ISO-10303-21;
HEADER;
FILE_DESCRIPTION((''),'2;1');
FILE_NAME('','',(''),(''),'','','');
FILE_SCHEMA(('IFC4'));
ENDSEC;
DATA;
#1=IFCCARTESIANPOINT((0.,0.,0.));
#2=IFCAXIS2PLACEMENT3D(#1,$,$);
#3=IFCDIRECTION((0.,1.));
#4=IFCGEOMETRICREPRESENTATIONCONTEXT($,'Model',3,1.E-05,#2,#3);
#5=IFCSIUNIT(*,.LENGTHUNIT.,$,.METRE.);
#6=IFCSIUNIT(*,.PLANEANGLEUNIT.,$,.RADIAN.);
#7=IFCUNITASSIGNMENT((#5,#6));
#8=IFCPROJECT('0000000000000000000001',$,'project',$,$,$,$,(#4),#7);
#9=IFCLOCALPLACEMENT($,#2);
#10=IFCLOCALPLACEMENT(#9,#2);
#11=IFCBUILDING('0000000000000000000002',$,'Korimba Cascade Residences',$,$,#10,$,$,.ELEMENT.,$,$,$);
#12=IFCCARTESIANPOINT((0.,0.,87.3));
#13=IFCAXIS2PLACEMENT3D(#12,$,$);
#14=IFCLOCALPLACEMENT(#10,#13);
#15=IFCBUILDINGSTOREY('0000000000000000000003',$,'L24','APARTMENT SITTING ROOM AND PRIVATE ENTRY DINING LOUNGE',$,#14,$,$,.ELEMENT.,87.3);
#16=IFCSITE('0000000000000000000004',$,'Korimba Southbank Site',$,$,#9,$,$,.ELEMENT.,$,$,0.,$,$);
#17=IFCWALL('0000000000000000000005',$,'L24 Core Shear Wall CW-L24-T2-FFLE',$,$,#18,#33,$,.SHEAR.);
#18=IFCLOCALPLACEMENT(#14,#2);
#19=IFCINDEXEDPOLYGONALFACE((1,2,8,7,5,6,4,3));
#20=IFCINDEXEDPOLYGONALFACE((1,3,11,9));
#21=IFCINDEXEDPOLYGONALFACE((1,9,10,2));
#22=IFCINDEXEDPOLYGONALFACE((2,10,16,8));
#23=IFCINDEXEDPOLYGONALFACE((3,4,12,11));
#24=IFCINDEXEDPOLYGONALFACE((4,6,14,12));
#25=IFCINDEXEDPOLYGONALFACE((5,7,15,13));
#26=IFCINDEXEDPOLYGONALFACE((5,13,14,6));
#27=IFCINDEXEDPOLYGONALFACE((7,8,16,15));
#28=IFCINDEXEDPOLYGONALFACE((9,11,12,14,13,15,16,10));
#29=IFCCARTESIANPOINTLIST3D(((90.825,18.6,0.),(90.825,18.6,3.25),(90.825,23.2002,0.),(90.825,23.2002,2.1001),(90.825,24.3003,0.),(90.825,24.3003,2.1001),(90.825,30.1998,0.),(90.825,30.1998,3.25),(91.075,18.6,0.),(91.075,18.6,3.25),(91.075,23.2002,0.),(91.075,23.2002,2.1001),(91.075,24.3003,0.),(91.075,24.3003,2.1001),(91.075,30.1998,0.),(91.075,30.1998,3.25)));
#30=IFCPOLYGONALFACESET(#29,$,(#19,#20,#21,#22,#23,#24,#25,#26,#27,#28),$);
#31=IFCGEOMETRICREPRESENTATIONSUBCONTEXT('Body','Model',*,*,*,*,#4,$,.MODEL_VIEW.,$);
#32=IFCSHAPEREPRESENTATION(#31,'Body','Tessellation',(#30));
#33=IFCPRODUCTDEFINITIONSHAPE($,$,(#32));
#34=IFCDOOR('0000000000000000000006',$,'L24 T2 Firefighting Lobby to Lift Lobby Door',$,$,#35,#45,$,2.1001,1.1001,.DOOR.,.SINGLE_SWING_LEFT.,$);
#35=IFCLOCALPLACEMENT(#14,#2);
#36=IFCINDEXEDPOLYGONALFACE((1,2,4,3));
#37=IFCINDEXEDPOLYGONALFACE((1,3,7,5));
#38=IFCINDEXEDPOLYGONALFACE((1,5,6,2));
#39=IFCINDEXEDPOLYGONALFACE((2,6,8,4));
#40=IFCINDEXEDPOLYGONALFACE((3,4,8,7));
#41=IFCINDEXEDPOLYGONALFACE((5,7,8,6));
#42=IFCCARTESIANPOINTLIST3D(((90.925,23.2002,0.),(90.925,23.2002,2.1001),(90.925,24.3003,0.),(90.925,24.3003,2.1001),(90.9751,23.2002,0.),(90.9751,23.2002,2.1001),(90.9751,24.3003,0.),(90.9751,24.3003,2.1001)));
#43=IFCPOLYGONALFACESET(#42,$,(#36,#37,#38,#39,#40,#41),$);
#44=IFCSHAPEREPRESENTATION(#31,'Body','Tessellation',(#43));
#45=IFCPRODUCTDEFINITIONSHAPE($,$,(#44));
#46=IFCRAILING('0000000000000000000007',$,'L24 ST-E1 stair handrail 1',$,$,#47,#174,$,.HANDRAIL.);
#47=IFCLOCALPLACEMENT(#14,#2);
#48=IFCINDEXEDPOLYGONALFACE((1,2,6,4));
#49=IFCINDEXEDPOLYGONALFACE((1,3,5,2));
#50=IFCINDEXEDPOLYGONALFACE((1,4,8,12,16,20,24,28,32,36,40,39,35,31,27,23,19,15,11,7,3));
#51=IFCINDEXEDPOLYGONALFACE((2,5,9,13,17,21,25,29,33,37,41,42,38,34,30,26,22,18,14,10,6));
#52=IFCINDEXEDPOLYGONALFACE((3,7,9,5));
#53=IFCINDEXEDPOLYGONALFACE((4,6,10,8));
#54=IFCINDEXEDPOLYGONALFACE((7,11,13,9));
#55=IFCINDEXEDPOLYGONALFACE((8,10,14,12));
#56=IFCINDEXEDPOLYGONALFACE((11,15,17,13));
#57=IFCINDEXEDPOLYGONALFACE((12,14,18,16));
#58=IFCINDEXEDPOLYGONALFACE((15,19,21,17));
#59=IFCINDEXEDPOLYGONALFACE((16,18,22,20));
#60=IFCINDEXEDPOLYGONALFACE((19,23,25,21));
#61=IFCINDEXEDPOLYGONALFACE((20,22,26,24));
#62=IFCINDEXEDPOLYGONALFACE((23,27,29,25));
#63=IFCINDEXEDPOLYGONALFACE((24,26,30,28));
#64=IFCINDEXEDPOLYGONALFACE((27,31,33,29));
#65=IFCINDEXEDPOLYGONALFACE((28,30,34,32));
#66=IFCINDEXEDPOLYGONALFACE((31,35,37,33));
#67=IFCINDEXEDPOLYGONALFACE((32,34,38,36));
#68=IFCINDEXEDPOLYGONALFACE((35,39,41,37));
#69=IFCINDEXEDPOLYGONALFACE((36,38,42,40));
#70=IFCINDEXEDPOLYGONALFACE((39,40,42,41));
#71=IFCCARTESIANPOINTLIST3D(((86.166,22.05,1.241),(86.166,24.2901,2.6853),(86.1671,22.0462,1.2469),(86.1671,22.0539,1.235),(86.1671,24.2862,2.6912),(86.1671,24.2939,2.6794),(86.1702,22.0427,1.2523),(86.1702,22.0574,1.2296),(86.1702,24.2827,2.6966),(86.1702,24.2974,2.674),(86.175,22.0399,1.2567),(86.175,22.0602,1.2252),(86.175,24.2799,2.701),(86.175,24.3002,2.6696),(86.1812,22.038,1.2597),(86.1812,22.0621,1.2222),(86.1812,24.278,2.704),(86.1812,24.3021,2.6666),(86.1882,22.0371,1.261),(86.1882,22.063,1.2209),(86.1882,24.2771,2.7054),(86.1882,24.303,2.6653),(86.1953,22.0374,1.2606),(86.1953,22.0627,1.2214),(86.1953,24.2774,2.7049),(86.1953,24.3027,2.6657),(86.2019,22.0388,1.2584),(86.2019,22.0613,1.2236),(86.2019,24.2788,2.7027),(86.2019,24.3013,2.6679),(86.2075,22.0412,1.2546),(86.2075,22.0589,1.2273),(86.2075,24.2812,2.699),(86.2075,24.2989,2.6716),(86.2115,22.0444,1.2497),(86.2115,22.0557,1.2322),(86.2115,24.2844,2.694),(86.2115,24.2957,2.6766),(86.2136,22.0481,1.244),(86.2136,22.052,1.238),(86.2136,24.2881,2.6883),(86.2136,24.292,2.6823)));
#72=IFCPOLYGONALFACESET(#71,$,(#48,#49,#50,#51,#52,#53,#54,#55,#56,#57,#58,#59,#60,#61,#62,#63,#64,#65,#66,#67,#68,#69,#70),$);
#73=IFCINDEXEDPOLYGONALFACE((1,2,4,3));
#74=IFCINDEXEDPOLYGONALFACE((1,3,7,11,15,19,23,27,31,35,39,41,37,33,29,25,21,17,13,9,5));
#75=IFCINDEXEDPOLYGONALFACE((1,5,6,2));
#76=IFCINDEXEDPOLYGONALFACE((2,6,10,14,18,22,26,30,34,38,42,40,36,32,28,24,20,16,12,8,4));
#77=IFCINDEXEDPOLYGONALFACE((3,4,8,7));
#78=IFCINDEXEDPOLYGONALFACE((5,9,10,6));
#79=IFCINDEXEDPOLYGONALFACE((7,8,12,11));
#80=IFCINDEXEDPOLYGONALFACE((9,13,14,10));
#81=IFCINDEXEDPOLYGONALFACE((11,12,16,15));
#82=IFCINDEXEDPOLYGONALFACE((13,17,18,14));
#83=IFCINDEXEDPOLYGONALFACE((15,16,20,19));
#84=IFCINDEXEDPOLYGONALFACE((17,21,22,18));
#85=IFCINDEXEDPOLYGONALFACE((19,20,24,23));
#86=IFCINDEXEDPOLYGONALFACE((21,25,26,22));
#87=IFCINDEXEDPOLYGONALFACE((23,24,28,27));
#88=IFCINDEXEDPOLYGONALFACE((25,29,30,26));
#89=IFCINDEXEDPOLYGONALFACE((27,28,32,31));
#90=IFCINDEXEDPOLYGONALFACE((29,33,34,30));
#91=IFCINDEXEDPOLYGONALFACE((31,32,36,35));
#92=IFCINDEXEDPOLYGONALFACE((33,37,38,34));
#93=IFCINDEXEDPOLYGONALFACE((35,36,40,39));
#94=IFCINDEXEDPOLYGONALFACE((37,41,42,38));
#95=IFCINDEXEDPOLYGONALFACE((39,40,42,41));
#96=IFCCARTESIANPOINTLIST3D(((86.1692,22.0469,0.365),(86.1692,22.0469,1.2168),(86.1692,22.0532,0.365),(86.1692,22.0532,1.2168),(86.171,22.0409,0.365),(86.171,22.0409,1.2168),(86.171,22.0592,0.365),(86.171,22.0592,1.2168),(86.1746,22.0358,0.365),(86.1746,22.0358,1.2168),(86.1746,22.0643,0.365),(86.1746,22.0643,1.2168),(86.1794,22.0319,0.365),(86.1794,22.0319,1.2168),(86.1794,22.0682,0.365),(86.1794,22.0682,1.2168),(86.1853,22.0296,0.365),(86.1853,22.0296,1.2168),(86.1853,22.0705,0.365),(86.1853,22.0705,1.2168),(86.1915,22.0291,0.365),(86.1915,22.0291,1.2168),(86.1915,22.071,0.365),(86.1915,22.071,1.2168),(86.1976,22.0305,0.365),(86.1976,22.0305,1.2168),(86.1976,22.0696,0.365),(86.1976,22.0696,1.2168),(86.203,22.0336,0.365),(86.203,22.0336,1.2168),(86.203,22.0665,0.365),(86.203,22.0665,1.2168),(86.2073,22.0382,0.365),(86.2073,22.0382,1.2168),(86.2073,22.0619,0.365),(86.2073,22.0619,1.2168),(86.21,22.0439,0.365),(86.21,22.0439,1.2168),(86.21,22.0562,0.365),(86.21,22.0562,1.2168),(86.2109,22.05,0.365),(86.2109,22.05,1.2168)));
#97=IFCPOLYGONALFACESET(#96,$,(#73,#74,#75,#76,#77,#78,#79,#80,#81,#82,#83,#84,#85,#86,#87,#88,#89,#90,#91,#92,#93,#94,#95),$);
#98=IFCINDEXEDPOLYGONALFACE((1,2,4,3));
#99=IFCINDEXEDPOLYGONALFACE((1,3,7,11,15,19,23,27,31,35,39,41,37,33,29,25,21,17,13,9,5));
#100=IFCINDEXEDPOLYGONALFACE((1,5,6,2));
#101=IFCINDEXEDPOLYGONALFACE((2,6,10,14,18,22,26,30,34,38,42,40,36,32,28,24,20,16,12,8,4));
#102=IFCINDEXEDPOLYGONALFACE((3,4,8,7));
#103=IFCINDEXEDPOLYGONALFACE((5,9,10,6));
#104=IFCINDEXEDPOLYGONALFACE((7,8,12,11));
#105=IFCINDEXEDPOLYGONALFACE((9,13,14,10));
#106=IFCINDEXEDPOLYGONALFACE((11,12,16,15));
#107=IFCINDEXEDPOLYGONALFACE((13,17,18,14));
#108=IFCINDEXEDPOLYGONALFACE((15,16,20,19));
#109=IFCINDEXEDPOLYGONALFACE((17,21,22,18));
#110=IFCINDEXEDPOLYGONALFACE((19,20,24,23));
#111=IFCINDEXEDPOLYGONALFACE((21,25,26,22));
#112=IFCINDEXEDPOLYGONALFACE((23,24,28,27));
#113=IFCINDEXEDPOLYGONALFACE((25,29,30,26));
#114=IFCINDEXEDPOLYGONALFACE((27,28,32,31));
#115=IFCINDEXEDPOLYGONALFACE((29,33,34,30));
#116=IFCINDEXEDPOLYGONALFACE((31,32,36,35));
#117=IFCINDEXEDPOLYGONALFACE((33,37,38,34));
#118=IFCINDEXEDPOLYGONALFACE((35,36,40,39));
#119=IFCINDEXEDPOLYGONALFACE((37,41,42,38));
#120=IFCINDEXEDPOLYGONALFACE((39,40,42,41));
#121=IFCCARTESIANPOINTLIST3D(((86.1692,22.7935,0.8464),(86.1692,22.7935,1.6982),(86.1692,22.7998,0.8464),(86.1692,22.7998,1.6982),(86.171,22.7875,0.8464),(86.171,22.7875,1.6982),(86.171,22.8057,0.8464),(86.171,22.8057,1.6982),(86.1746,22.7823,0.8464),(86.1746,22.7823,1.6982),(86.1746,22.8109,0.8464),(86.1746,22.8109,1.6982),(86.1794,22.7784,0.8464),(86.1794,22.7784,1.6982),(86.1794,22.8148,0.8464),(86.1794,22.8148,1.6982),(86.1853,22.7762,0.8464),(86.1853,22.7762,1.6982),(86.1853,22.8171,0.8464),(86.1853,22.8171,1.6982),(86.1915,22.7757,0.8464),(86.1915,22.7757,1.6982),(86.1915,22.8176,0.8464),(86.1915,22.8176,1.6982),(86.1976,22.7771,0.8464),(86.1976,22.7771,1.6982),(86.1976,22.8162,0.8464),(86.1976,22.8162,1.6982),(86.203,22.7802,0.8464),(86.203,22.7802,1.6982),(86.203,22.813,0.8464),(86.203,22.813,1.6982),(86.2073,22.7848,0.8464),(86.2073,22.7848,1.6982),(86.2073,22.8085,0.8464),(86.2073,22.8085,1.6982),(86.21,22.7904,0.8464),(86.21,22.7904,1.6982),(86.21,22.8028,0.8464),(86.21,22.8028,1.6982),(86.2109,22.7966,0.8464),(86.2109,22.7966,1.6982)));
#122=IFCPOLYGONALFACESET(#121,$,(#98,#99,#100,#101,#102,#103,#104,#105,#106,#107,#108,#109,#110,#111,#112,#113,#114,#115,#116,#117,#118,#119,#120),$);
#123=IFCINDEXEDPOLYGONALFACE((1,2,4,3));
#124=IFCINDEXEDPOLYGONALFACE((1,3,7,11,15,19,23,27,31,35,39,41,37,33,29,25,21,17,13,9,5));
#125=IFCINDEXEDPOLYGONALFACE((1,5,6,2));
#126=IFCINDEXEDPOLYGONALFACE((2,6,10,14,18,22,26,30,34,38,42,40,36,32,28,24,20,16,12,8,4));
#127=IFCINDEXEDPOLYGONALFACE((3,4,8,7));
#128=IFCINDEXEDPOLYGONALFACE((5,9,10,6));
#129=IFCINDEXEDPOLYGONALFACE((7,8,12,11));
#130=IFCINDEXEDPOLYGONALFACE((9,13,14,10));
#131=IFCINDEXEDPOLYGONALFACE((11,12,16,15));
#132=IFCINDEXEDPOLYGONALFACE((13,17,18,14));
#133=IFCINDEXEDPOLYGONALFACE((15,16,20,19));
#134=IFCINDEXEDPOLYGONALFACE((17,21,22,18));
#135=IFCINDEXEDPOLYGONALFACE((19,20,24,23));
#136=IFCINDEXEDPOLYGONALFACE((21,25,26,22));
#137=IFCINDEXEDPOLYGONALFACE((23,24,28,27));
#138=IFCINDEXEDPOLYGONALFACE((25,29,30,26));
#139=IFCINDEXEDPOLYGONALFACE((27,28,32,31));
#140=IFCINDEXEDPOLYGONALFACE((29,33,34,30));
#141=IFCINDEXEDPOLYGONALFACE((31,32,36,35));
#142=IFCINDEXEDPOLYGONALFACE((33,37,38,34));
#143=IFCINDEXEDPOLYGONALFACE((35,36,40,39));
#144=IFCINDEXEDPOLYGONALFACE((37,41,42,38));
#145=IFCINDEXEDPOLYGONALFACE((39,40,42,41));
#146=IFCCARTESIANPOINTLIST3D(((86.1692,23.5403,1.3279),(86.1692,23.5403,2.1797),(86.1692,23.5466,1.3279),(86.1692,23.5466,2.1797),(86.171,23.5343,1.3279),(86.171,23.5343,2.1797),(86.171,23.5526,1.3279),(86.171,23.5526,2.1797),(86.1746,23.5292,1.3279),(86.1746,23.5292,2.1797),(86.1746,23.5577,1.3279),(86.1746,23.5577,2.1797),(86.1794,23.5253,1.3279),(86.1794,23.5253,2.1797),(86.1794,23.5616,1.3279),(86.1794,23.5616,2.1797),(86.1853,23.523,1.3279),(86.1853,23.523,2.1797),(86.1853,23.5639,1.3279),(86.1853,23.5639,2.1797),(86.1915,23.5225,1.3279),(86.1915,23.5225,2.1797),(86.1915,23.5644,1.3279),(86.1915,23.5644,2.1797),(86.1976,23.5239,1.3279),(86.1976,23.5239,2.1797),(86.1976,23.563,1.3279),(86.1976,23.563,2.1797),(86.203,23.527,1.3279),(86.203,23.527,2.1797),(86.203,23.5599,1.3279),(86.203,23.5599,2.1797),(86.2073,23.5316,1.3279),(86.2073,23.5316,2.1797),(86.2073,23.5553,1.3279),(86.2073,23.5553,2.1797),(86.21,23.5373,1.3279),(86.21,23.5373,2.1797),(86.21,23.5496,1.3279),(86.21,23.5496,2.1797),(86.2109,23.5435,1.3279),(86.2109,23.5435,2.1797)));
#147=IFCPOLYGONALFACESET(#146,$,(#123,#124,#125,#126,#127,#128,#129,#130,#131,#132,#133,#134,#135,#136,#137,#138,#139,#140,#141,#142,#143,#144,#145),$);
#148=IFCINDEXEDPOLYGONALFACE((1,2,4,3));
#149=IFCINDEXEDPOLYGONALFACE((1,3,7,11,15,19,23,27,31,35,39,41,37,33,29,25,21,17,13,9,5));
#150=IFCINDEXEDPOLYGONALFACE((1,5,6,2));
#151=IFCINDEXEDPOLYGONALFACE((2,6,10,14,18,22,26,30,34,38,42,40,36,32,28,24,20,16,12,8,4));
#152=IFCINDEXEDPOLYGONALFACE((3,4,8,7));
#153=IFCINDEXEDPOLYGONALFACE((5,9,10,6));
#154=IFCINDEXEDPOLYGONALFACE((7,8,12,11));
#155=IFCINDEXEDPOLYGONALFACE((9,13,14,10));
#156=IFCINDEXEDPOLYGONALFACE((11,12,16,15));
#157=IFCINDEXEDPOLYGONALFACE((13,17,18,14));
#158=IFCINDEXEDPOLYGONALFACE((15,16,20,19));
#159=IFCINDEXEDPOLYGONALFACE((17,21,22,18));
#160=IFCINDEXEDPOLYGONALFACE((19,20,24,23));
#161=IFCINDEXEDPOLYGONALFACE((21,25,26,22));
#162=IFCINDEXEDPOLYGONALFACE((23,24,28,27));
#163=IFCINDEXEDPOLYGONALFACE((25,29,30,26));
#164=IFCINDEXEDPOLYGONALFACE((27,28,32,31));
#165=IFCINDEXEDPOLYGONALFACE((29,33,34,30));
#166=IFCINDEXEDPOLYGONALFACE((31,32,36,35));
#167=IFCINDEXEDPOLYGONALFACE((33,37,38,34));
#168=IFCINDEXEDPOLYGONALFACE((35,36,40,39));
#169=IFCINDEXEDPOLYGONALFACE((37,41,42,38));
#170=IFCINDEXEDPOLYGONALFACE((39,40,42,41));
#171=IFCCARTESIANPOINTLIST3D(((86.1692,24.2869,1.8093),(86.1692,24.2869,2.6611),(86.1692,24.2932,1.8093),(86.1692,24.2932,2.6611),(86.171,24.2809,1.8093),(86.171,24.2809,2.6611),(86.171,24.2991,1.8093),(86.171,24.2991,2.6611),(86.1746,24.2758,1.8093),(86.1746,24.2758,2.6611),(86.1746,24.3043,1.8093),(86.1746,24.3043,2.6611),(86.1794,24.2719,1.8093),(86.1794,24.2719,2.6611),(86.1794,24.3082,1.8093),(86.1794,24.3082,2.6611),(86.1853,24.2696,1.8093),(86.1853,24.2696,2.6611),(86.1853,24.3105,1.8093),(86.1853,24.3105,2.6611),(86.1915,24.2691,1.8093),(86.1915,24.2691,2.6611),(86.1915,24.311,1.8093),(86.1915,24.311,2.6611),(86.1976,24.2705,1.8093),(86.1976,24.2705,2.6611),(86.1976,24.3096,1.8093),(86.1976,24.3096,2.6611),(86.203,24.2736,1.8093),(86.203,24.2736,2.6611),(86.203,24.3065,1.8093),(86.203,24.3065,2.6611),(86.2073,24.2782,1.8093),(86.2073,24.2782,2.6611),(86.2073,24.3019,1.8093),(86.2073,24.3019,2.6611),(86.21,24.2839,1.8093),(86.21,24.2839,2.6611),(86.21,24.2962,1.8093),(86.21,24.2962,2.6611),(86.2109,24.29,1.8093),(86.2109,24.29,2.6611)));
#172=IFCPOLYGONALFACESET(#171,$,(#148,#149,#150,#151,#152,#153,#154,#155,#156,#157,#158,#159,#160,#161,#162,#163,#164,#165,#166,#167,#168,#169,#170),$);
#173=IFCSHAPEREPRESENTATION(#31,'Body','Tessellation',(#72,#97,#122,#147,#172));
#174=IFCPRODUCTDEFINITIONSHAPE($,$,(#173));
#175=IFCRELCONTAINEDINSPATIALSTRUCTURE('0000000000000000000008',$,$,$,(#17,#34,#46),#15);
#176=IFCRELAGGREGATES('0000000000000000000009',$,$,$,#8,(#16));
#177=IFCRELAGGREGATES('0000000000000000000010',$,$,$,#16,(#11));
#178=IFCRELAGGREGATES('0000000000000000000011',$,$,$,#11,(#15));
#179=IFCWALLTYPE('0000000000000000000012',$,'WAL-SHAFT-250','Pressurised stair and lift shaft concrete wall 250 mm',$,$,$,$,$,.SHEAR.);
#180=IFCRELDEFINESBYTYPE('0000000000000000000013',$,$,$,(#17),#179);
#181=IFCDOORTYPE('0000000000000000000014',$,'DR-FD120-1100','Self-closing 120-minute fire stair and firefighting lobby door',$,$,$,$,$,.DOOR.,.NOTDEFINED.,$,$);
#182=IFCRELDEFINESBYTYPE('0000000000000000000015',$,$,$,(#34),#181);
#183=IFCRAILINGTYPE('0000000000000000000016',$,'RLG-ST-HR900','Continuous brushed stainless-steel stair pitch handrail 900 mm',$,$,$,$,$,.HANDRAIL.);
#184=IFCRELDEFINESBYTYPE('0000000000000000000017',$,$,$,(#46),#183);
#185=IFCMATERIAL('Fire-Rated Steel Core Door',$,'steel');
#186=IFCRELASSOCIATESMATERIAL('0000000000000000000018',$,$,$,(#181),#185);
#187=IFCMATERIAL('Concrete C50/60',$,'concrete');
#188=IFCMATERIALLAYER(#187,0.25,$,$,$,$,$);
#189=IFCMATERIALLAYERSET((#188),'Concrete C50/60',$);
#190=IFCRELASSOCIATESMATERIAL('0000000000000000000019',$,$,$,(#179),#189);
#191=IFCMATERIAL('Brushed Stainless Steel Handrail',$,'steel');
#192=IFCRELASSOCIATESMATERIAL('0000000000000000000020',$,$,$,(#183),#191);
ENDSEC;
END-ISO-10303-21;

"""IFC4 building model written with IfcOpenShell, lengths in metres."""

from ifc_helpers import new_model, si_unit, direction, frame, frame_2d, origin, origin_2d, place, context, subcontext, project, spatial, rectangle, circle, extrude, material, layer, layer_set, type_object, element, fill, save


model = new_model("IFC4")

# Units and contexts
model_context = context("Model", 3, precision=1e-05, world=origin(), true_north=direction((0.0, 1.0)))
body_context = subcontext(model_context, "Body", "Model", "MODEL_VIEW")
ifc_project = project(units=[si_unit("LENGTHUNIT", "METRE"), si_unit("PLANEANGLEUNIT", "RADIAN")], contexts=[model_context])

# Site, building, storey
site_placement = place(None, origin())
site = spatial("IfcSite", under=ifc_project, at=site_placement, Name="Korimba Southbank Site", CompositionType="ELEMENT", RefElevation=0.0)
building_placement = place(site_placement, origin())
building = spatial("IfcBuilding", under=site, at=building_placement, Name="Korimba Cascade Residences", CompositionType="ELEMENT")
storey_placement = place(building_placement, frame((0.0, 0.0, 87.3)))
storey = spatial("IfcBuildingStorey", under=building, at=storey_placement, Name="L24", Description="APARTMENT SITTING ROOM AND PRIVATE ENTRY DINING LOUNGE", CompositionType="ELEMENT", Elevation=87.3)

# Shared definitions
ifc_material_1 = material(Name="Fire-Rated Steel Core Door", Category="steel")
door_type_1 = type_object("IfcDoorType", Name="DR-FD120-1100", Description="Self-closing 120-minute fire stair and firefighting lobby door", OperationType="NOTDEFINED", PredefinedType="DOOR", material=ifc_material_1)

# Shared definitions
ifc_material_2 = material(Name="Concrete C50/60", Category="concrete")
ifc_layer_1 = layer(ifc_material_2, 0.25)
ifc_layer_set_1 = layer_set([ifc_layer_1], Name="Concrete C50/60")
wall_type_1 = type_object("IfcWallType", Name="WAL-SHAFT-250", Description="Pressurised stair and lift shaft concrete wall 250 mm", PredefinedType="SHEAR", material=ifc_layer_set_1)

# Wall, opening, door
wall_1_placement = place(storey_placement, frame((90.95, 18.6001, 0.0), z_axis=(0.0, 0.0, 1.0), x_axis=(0.0, 1.0, 0.0)))
wall_1 = element("IfcWall", 1, at=wall_1_placement, inside=storey, type_object=wall_type_1, Name="L24 Core Shear Wall CW-L24-T2-FFLE", PredefinedType="SHEAR", context=body_context, shape_type="SweptSolid", body=[
    extrude(rectangle(XDim=11.5999, YDim=0.25, at=frame_2d((5.7998, 0.0))), origin(), (0.0, 0.0, 1.0), 3.25),
])
opening_1_placement = place(wall_1_placement, frame((4.6001, 0.0, 0.0)))
opening_1 = element("IfcOpeningElement", 2, at=opening_1_placement, cuts=wall_1, PredefinedType="OPENING", context=body_context, shape_type="SweptSolid", body=[
    extrude(rectangle(XDim=1.1001, YDim=2.1001, at=frame_2d((0.55, 1.05))), frame((0.0, 0.135, 0.0), z_axis=(0.0, -1.0, 0.0), x_axis=(1.0, 0.0, 0.0)), (0.0, 0.0, 1.0), 0.27),
])
door_1_placement = place(opening_1_placement, origin())
door_1 = element("IfcDoor", 3, at=door_1_placement, inside=storey, type_object=door_type_1, Name="L24 T2 Firefighting Lobby to Lift Lobby Door", OperationType="SINGLE_SWING_LEFT", OverallHeight=2.1001, OverallWidth=1.1001, PredefinedType="DOOR", context=body_context, shape_type="SweptSolid", body=[
    extrude(rectangle(XDim=1.1001, YDim=2.1001, at=frame_2d((0.55, 1.05))), frame((0.0, 0.0249, 0.0), z_axis=(0.0, -1.0, 0.0), x_axis=(1.0, 0.0, 0.0)), (0.0, 0.0, 1.0), 0.05),
])
fill(opening_1, door_1)

# Railing
ifc_material_3 = material(Name="Brushed Stainless Steel Handrail", Category="steel")
railing_type = type_object("IfcRailingType", Name="RLG-ST-HR900", Description="Continuous brushed stainless-steel stair pitch handrail 900 mm", PredefinedType="HANDRAIL", material=ifc_material_3)
railing_placement = place(storey_placement, frame((86.1899, 22.05, 0.365)))
element("IfcRailing", 4, at=railing_placement, inside=storey, type_object=railing_type, Name="L24 ST-E1 stair handrail 1", PredefinedType="HANDRAIL", context=body_context, shape_type="SweptSolid", body=[
    extrude(circle(Radius=0.0239, at=origin_2d()), frame((0.0, 0.0, 0.876), z_axis=(0.0, 0.840437, 0.54191), x_axis=(-1.0, 0.0, 0.0)), (0.0, 0.0, 1.0), 2.6653),
    extrude(circle(Radius=0.021, at=origin_2d()), origin(), (0.0, 0.0, 1.0), 0.8518),
    extrude(circle(Radius=0.021, at=origin_2d()), frame((0.0, 0.7466, 0.4814)), (0.0, 0.0, 1.0), 0.8518),
    extrude(circle(Radius=0.021, at=origin_2d()), frame((0.0, 1.4934, 0.9629)), (0.0, 0.0, 1.0), 0.8518),
    extrude(circle(Radius=0.021, at=origin_2d()), frame((0.0, 2.24, 1.4443)), (0.0, 0.0, 1.0), 0.8518),
])

save(model, "model.ifc")
